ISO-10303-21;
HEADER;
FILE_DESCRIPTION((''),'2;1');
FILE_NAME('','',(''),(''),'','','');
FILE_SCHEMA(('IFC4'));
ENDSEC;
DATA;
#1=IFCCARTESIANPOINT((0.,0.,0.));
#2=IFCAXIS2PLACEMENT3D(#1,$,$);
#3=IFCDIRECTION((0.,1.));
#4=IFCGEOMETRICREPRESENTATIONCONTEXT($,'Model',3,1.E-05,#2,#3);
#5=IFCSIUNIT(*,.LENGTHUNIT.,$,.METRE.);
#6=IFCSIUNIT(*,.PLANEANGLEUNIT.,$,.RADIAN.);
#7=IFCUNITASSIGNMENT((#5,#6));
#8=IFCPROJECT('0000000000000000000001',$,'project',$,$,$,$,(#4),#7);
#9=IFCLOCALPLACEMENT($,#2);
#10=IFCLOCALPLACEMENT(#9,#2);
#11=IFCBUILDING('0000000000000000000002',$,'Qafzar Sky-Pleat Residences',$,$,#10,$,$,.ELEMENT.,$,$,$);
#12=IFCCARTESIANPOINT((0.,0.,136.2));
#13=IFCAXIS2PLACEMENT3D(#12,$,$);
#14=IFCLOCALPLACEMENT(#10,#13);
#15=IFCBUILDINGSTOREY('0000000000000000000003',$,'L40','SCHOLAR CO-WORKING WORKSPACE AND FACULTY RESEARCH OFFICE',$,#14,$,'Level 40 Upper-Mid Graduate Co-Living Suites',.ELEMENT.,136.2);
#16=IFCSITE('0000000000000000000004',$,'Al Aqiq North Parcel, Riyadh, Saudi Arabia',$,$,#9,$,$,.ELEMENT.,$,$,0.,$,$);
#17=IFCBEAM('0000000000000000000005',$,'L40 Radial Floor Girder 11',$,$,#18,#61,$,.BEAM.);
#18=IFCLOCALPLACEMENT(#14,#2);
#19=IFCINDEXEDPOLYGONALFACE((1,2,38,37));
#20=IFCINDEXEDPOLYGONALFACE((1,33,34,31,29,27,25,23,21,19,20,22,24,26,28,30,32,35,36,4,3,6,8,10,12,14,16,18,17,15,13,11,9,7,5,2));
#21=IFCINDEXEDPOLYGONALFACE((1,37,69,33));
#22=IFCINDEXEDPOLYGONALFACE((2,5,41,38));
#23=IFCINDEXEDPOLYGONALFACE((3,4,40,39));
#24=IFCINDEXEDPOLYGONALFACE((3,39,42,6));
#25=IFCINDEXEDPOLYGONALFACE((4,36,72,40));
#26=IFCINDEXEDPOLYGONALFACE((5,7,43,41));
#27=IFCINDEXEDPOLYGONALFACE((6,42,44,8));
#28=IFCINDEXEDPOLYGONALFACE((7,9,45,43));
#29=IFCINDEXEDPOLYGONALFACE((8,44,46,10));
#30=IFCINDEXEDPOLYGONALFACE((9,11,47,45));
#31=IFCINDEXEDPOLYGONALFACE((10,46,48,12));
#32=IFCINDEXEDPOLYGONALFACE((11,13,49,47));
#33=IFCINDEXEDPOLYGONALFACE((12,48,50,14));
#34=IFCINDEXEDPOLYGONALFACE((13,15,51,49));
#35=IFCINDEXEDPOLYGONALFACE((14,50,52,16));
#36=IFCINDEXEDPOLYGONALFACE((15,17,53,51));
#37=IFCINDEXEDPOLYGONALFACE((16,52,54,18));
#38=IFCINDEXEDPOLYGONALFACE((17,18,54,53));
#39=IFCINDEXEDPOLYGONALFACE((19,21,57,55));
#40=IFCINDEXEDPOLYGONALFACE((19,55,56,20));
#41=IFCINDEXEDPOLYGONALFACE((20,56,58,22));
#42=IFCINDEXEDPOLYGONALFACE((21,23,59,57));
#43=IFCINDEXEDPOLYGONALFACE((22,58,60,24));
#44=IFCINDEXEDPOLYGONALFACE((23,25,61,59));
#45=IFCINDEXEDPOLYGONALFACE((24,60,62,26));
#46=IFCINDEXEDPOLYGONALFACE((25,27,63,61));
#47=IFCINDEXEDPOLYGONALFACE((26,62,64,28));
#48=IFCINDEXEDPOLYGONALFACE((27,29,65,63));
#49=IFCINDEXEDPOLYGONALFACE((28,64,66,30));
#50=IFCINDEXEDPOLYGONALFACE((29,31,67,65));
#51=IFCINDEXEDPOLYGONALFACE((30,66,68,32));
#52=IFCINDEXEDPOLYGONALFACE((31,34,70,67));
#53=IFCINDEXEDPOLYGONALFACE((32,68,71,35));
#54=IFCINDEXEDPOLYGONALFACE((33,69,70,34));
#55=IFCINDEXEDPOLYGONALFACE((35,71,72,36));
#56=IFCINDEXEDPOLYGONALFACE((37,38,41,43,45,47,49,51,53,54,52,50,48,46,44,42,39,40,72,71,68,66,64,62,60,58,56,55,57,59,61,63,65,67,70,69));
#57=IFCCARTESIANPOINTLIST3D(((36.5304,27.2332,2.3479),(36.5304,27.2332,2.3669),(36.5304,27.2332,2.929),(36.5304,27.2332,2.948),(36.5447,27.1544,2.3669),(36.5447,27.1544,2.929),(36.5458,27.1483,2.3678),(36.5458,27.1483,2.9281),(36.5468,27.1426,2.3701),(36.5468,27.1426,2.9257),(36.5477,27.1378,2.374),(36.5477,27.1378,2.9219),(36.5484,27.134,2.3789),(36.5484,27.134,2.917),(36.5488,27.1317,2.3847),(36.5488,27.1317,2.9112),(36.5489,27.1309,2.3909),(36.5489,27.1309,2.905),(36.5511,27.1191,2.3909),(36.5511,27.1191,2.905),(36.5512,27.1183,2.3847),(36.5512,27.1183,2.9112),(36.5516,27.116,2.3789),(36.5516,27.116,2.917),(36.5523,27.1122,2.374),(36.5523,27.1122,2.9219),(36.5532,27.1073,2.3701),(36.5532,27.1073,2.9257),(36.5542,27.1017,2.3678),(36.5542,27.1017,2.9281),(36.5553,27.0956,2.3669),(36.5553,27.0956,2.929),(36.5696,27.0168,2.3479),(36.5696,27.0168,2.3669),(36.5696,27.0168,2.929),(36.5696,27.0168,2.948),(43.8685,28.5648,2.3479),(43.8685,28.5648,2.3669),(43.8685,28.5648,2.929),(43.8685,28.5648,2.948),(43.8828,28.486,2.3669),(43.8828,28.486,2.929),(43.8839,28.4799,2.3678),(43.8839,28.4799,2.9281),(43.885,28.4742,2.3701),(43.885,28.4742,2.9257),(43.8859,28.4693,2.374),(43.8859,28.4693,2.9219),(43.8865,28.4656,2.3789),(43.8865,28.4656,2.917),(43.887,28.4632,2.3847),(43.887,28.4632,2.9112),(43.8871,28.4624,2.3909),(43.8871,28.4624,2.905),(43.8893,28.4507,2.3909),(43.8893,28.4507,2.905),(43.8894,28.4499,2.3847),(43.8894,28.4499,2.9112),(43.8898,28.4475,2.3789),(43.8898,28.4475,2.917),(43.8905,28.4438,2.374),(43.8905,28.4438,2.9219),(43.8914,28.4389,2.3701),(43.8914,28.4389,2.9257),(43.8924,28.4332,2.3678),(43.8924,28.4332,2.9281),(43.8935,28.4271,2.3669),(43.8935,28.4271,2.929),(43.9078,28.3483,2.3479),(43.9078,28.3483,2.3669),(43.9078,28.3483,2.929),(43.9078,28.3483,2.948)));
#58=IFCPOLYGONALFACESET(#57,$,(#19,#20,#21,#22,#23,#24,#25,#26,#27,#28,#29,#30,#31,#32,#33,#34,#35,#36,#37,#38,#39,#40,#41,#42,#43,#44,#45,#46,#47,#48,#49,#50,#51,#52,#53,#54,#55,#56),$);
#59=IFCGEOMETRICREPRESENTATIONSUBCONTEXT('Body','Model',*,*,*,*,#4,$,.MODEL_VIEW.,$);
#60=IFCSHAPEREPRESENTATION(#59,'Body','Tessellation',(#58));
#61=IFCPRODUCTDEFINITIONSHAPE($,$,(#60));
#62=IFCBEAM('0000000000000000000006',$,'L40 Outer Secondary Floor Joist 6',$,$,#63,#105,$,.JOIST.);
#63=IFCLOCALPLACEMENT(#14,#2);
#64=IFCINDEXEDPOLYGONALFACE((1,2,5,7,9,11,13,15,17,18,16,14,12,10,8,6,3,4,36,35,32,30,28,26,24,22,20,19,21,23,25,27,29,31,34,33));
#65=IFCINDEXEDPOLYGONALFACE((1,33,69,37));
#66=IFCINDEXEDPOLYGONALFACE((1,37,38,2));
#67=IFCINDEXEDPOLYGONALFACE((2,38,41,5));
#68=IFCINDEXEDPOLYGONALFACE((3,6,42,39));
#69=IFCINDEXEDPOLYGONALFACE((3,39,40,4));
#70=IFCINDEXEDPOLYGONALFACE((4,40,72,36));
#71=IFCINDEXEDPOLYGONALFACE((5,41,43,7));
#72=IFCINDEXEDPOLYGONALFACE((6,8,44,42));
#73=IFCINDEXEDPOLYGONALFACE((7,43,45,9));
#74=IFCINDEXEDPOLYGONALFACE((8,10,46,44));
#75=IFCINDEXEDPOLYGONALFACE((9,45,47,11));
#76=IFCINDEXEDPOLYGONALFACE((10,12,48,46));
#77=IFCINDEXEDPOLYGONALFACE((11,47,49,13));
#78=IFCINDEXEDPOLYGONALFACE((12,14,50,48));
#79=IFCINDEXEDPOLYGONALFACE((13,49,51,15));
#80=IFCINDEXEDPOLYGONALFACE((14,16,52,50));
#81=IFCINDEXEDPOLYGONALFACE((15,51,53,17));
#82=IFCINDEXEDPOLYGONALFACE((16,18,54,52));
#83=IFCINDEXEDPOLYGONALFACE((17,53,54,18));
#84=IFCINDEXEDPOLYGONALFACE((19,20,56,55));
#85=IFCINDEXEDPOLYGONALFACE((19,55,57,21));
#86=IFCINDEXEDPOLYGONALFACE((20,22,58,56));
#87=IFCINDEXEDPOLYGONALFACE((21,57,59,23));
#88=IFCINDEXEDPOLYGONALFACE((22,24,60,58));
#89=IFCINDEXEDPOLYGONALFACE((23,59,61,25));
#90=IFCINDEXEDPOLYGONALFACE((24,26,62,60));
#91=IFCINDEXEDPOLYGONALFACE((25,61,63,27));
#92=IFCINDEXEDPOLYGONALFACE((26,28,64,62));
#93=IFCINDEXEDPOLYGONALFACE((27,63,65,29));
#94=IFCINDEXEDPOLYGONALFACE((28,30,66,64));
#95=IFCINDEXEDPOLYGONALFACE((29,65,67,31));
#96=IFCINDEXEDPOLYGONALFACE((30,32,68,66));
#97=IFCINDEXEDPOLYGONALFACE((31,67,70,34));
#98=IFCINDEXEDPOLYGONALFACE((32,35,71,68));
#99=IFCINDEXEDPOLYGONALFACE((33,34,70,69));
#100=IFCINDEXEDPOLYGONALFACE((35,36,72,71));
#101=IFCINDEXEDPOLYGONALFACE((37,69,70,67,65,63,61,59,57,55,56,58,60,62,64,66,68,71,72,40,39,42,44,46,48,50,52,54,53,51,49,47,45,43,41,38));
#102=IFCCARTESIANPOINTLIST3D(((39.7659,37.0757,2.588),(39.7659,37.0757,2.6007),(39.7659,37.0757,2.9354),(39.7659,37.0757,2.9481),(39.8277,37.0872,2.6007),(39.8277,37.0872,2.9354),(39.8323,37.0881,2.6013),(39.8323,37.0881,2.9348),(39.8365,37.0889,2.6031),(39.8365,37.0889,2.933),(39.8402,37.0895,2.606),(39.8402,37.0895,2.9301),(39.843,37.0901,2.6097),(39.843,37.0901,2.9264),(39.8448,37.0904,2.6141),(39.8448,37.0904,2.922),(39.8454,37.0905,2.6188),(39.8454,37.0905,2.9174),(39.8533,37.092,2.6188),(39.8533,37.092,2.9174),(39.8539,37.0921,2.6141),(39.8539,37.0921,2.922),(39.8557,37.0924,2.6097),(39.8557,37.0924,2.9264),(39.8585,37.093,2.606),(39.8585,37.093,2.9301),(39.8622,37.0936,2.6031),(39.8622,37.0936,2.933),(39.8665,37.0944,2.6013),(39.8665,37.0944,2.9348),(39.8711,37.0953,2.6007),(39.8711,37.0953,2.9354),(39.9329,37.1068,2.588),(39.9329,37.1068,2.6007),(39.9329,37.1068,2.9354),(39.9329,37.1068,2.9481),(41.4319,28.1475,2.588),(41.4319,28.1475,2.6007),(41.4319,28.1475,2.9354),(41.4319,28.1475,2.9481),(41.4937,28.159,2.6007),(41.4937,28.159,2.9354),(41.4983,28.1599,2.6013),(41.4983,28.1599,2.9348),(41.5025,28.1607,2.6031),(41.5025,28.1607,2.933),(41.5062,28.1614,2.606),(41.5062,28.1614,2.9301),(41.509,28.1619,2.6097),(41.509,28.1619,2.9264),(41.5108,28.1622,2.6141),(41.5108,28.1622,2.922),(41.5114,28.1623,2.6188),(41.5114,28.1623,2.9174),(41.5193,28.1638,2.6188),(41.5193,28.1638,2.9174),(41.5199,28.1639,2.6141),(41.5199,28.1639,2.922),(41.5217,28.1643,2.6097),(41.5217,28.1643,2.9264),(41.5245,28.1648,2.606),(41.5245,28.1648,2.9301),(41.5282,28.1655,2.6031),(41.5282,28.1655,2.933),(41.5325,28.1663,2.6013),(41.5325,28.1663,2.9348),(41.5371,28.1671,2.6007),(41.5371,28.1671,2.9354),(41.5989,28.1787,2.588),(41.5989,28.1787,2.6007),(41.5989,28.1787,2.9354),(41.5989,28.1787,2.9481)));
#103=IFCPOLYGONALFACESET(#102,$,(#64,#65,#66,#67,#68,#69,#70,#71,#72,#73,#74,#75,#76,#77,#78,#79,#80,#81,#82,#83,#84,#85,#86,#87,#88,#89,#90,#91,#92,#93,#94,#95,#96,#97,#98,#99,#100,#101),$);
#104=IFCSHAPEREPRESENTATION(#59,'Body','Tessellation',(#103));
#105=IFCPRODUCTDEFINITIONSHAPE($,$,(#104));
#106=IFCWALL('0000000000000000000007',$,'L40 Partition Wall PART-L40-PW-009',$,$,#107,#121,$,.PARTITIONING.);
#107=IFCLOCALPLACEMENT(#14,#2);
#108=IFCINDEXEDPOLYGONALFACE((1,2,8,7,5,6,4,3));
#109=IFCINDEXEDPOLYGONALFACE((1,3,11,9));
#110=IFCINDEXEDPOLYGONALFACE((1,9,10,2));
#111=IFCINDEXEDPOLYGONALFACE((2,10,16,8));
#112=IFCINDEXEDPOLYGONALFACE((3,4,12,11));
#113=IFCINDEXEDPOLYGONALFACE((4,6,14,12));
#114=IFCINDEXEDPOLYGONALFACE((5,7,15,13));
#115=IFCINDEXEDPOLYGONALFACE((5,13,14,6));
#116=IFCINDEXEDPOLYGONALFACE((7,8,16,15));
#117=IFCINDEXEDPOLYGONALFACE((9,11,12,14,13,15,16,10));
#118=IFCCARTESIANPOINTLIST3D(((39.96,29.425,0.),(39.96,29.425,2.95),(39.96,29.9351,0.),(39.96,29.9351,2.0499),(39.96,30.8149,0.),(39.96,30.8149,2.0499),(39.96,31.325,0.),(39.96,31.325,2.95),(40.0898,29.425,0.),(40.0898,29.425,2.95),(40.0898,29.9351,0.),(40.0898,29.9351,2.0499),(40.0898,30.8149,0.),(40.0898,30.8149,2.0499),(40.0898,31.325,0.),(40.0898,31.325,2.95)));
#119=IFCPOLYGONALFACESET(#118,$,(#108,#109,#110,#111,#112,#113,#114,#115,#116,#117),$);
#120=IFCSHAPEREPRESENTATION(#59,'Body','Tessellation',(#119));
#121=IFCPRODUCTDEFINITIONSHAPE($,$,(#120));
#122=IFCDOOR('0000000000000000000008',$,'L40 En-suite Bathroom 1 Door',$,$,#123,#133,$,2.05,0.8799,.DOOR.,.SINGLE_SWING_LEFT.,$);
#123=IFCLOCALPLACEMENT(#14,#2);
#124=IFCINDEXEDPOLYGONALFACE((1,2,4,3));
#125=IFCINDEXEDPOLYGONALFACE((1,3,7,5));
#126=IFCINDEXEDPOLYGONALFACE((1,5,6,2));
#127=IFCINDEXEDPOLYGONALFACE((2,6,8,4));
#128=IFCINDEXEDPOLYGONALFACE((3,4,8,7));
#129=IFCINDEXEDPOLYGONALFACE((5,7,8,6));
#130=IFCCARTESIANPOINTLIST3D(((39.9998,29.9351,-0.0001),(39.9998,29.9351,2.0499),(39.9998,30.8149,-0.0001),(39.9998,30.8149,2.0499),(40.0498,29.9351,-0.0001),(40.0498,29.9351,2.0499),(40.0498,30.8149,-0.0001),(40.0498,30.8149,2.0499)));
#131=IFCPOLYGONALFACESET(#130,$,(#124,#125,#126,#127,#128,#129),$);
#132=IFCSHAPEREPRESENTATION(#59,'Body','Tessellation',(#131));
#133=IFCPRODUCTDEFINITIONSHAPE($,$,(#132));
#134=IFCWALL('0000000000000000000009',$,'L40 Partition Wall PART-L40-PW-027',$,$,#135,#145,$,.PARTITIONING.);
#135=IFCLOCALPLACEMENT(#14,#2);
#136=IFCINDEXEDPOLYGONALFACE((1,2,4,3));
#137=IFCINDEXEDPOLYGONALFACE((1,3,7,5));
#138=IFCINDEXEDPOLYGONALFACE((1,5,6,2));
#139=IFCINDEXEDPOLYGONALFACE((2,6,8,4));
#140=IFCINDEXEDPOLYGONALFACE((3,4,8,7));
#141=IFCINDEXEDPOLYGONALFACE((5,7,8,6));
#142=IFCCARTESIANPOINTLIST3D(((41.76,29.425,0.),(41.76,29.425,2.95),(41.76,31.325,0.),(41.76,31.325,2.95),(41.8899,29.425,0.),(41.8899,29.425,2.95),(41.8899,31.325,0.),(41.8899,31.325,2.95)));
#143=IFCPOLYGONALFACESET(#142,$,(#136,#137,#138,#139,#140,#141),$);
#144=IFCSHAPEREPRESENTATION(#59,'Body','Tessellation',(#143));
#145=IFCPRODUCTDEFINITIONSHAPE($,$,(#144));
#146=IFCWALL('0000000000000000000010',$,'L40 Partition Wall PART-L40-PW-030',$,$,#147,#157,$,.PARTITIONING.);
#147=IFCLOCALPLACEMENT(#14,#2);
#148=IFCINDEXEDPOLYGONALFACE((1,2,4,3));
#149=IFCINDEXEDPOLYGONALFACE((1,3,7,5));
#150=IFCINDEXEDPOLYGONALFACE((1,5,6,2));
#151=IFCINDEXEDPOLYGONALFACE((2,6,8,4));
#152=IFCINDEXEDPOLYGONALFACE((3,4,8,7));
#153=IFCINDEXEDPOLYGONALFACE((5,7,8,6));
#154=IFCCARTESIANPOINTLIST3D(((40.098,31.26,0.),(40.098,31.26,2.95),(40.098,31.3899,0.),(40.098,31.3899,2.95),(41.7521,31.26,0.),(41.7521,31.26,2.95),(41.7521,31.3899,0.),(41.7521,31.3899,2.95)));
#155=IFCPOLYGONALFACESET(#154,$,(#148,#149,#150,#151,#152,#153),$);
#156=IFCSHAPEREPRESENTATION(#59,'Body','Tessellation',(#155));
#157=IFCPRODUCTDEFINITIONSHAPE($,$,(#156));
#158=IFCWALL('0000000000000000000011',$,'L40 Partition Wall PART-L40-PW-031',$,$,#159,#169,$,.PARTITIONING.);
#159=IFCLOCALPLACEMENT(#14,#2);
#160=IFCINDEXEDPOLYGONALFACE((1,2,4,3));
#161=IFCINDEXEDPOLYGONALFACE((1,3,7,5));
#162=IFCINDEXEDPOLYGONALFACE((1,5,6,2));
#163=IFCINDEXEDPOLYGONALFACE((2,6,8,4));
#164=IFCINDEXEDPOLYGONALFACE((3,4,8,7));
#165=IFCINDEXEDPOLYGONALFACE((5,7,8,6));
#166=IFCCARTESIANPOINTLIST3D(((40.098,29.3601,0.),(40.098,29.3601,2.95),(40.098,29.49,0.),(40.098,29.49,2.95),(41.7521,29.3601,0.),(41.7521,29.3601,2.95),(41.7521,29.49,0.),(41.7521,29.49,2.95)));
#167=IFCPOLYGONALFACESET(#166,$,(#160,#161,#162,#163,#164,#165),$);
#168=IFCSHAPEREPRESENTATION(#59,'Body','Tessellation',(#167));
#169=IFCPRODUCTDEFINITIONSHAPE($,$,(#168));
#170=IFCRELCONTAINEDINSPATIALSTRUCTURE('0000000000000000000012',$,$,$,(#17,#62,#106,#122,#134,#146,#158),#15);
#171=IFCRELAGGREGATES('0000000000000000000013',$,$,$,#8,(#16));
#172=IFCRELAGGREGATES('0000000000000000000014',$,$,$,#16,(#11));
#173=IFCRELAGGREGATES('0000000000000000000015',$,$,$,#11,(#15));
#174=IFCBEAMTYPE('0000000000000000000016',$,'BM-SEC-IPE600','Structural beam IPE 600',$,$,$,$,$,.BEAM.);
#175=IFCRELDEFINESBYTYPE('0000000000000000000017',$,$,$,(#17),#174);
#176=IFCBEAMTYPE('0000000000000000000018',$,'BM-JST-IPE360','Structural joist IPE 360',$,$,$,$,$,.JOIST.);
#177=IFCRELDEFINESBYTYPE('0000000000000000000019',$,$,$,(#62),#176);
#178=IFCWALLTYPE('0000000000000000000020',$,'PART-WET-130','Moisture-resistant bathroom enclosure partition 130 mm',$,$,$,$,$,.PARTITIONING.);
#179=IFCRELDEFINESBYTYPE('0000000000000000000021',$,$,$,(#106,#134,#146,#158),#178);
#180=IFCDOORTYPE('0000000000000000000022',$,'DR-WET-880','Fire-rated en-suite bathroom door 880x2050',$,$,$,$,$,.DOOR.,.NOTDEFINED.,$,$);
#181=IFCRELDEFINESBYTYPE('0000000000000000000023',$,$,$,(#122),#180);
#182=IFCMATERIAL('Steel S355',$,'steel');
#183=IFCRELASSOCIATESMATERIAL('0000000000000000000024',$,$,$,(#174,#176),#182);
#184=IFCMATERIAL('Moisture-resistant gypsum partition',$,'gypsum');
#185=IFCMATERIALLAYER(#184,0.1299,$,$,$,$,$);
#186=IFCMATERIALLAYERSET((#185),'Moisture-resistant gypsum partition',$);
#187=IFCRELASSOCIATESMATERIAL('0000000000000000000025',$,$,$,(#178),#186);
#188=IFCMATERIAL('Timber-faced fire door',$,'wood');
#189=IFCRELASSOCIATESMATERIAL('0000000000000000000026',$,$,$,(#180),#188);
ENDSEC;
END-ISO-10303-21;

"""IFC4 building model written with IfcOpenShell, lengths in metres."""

from ifc_helpers import new_model, si_unit, direction, frame, frame_2d, origin, origin_2d, place, context, subcontext, project, spatial, rectangle, i_section, extrude, source, transform, mapped, material, layer, layer_set, material_profile, profile_set, type_object, element, fill, save


model = new_model("IFC4")

# Units and contexts
model_context = context("Model", 3, precision=1e-05, world=origin(), true_north=direction((0.0, 1.0)))
body_context = subcontext(model_context, "Body", "Model", "MODEL_VIEW")
ifc_project = project(units=[si_unit("LENGTHUNIT", "METRE"), si_unit("PLANEANGLEUNIT", "RADIAN")], contexts=[model_context])

# Site, building, storey
site_placement = place(None, origin())
site = spatial("IfcSite", under=ifc_project, at=site_placement, Name="Al Aqiq North Parcel, Riyadh, Saudi Arabia", CompositionType="ELEMENT", RefElevation=0.0)
building_placement = place(site_placement, origin())
building = spatial("IfcBuilding", under=site, at=building_placement, Name="Qafzar Sky-Pleat Residences", CompositionType="ELEMENT")
storey_placement = place(building_placement, frame((0.0, 0.0, 136.2)))
storey = spatial("IfcBuildingStorey", under=building, at=storey_placement, Name="L40", Description="SCHOLAR CO-WORKING WORKSPACE AND FACULTY RESEARCH OFFICE", LongName="Level 40 Upper-Mid Graduate Co-Living Suites", CompositionType="ELEMENT", Elevation=136.2)

# Shared definitions
ifc_material_1 = material(Name="Steel S355", Category="steel")

# Beams
ifc_material_profile_1 = material_profile(ifc_material_1, i_section(OverallWidth=0.22, OverallDepth=0.6001, WebThickness=0.012, FlangeThickness=0.019, FilletRadius=0.0239, at=origin_2d()), Name="IPE 600")
ifc_profile_set_1 = profile_set([ifc_material_profile_1], Name="Steel S355")
beam_type_1 = type_object("IfcBeamType", Name="BM-SEC-IPE600", Description="Structural beam IPE 600", PredefinedType="BEAM", material=ifc_profile_set_1)
shared_shape_1 = source(origin(), body_context, "Body", "SweptSolid", [
    extrude(i_section(OverallWidth=0.22, OverallDepth=0.6001, WebThickness=0.012, FlangeThickness=0.019, FilletRadius=0.0239, at=origin_2d()), origin(), (0.0, 0.0, 1.0), 7.458),
])
beam_1_placement = place(storey_placement, frame((43.8882, 28.4565, 2.6479), z_axis=(-0.983933, -0.17854, 0.0), x_axis=(0.17854, -0.983933, 0.0)))
element("IfcBeam", 1, at=beam_1_placement, inside=storey, type_object=beam_type_1, Name="L40 Radial Floor Girder 11", PredefinedType="BEAM", context=body_context, shape_type="MappedRepresentation", body=[
    mapped(shared_shape_1, transform((0.0, 0.0, 0.0), x_axis=(1.0, 0.0, 0.0), y_axis=(0.0, 1.0, 0.0), z_axis=(0.0, 0.0, 1.0), scale=1.0)),
])
ifc_material_profile_2 = material_profile(ifc_material_1, i_section(OverallWidth=0.1699, OverallDepth=0.3601, WebThickness=0.0081, FlangeThickness=0.0127, FilletRadius=0.0181, at=origin_2d()), Name="IPE 360")
ifc_profile_set_2 = profile_set([ifc_material_profile_2], Name="Steel S355")
beam_type_2 = type_object("IfcBeamType", Name="BM-JST-IPE360", Description="Structural joist IPE 360", PredefinedType="JOIST", material=ifc_profile_set_2)
shared_shape_2 = source(origin(), body_context, "Body", "SweptSolid", [
    extrude(i_section(OverallWidth=0.1699, OverallDepth=0.3601, WebThickness=0.0081, FlangeThickness=0.0127, FilletRadius=0.0181, at=origin_2d()), origin(), (0.0, 0.0, 1.0), 9.0823),
])
beam_2_placement = place(storey_placement, frame((41.5154, 28.1631, 2.7681), z_axis=(-0.183435, 0.983032, 0.0), x_axis=(-0.983032, -0.183435, 0.0)))
element("IfcBeam", 2, at=beam_2_placement, inside=storey, type_object=beam_type_2, Name="L40 Outer Secondary Floor Joist 6", PredefinedType="JOIST", context=body_context, shape_type="MappedRepresentation", body=[
    mapped(shared_shape_2, transform((0.0, 0.0, 0.0), x_axis=(1.0, 0.0, 0.0), y_axis=(0.0, 1.0, 0.0), z_axis=(0.0, 0.0, 1.0), scale=1.0)),
])

# Wall, opening, door
ifc_material_2 = material(Name="Moisture-resistant gypsum partition", Category="gypsum")
ifc_layer_1 = layer(ifc_material_2, 0.1299)
ifc_layer_set_1 = layer_set([ifc_layer_1], Name="Moisture-resistant gypsum partition")
wall_type_1 = type_object("IfcWallType", Name="PART-WET-130", Description="Moisture-resistant bathroom enclosure partition 130 mm", PredefinedType="PARTITIONING", material=ifc_layer_set_1)
wall_1_placement = place(storey_placement, frame((40.0249, 31.325, 0.0), z_axis=(0.0, 0.0, 1.0), x_axis=(0.0, -1.0, 0.0)))
wall_1 = element("IfcWall", 3, at=wall_1_placement, inside=storey, type_object=wall_type_1, Name="L40 Partition Wall PART-L40-PW-009", PredefinedType="PARTITIONING", context=body_context, shape_type="SweptSolid", body=[
    extrude(rectangle(XDim=1.8999, YDim=0.1299, at=frame_2d((0.95, 0.0))), origin(), (0.0, 0.0, 1.0), 2.95),
])
opening_1_placement = place(wall_1_placement, frame((0.51, 0.0, 0.0)))
opening_1 = element("IfcOpeningElement", 4, at=opening_1_placement, cuts=wall_1, PredefinedType="OPENING", context=body_context, shape_type="SweptSolid", body=[
    extrude(rectangle(XDim=0.8799, YDim=2.05, at=frame_2d((0.4399, 1.0249))), frame((0.0, 0.075, 0.0), z_axis=(0.0, -1.0, 0.0), x_axis=(1.0, 0.0, 0.0)), (0.0, 0.0, 1.0), 0.1499),
])
ifc_material_3 = material(Name="Timber-faced fire door", Category="wood")
door_type = type_object("IfcDoorType", Name="DR-WET-880", Description="Fire-rated en-suite bathroom door 880x2050", OperationType="NOTDEFINED", PredefinedType="DOOR", material=ifc_material_3)
shared_shape_3 = source(origin(), body_context, "Body", "SweptSolid", [
    extrude(rectangle(XDim=0.8799, YDim=2.05, at=frame_2d((0.4399, 1.0249))), frame((0.0, 0.0249, 0.0), z_axis=(0.0, -1.0, 0.0), x_axis=(1.0, 0.0, 0.0)), (0.0, 0.0, 1.0), 0.05),
])
door_placement = place(opening_1_placement, origin())
door = element("IfcDoor", 5, at=door_placement, inside=storey, type_object=door_type, Name="L40 En-suite Bathroom 1 Door", OperationType="SINGLE_SWING_LEFT", OverallHeight=2.05, OverallWidth=0.8799, PredefinedType="DOOR", context=body_context, shape_type="MappedRepresentation", body=[
    mapped(shared_shape_3, transform((0.0, 0.0, 0.0), x_axis=(1.0, 0.0, 0.0), y_axis=(0.0, 1.0, 0.0), z_axis=(0.0, 0.0, 1.0), scale=1.0)),
])
fill(opening_1, door)

# Walls
wall_2_placement = place(storey_placement, frame((41.825, 29.425, 0.0), z_axis=(0.0, 0.0, 1.0), x_axis=(0.0, 1.0, 0.0)))
element("IfcWall", 6, at=wall_2_placement, inside=storey, type_object=wall_type_1, Name="L40 Partition Wall PART-L40-PW-027", PredefinedType="PARTITIONING", context=body_context, shape_type="SweptSolid", body=[
    extrude(rectangle(XDim=1.8999, YDim=0.1299, at=frame_2d((0.95, 0.0))), origin(), (0.0, 0.0, 1.0), 2.95),
])
for number, where, z_axis, x_axis, name in (
    (7, (40.0979, 31.325, 0.0), (0.0, 0.0, 1.0), (1.0, 0.0, 0.0), "L40 Partition Wall PART-L40-PW-030"),
    (8, (40.0979, 29.425, 0.0), (0.0, 0.0, 1.0), (1.0, 0.0, 0.0), "L40 Partition Wall PART-L40-PW-031"),
):
    element("IfcWall", number, at=place(storey_placement, frame(where, z_axis=z_axis, x_axis=x_axis)), inside=storey, type_object=wall_type_1, Name=name, PredefinedType="PARTITIONING", context=body_context, shape_type="SweptSolid", body=[
        extrude(rectangle(XDim=1.6541, YDim=0.1299, at=frame_2d((0.8271, 0.0))), origin(), (0.0, 0.0, 1.0), 2.95),
    ])

save(model, "model.ifc")
